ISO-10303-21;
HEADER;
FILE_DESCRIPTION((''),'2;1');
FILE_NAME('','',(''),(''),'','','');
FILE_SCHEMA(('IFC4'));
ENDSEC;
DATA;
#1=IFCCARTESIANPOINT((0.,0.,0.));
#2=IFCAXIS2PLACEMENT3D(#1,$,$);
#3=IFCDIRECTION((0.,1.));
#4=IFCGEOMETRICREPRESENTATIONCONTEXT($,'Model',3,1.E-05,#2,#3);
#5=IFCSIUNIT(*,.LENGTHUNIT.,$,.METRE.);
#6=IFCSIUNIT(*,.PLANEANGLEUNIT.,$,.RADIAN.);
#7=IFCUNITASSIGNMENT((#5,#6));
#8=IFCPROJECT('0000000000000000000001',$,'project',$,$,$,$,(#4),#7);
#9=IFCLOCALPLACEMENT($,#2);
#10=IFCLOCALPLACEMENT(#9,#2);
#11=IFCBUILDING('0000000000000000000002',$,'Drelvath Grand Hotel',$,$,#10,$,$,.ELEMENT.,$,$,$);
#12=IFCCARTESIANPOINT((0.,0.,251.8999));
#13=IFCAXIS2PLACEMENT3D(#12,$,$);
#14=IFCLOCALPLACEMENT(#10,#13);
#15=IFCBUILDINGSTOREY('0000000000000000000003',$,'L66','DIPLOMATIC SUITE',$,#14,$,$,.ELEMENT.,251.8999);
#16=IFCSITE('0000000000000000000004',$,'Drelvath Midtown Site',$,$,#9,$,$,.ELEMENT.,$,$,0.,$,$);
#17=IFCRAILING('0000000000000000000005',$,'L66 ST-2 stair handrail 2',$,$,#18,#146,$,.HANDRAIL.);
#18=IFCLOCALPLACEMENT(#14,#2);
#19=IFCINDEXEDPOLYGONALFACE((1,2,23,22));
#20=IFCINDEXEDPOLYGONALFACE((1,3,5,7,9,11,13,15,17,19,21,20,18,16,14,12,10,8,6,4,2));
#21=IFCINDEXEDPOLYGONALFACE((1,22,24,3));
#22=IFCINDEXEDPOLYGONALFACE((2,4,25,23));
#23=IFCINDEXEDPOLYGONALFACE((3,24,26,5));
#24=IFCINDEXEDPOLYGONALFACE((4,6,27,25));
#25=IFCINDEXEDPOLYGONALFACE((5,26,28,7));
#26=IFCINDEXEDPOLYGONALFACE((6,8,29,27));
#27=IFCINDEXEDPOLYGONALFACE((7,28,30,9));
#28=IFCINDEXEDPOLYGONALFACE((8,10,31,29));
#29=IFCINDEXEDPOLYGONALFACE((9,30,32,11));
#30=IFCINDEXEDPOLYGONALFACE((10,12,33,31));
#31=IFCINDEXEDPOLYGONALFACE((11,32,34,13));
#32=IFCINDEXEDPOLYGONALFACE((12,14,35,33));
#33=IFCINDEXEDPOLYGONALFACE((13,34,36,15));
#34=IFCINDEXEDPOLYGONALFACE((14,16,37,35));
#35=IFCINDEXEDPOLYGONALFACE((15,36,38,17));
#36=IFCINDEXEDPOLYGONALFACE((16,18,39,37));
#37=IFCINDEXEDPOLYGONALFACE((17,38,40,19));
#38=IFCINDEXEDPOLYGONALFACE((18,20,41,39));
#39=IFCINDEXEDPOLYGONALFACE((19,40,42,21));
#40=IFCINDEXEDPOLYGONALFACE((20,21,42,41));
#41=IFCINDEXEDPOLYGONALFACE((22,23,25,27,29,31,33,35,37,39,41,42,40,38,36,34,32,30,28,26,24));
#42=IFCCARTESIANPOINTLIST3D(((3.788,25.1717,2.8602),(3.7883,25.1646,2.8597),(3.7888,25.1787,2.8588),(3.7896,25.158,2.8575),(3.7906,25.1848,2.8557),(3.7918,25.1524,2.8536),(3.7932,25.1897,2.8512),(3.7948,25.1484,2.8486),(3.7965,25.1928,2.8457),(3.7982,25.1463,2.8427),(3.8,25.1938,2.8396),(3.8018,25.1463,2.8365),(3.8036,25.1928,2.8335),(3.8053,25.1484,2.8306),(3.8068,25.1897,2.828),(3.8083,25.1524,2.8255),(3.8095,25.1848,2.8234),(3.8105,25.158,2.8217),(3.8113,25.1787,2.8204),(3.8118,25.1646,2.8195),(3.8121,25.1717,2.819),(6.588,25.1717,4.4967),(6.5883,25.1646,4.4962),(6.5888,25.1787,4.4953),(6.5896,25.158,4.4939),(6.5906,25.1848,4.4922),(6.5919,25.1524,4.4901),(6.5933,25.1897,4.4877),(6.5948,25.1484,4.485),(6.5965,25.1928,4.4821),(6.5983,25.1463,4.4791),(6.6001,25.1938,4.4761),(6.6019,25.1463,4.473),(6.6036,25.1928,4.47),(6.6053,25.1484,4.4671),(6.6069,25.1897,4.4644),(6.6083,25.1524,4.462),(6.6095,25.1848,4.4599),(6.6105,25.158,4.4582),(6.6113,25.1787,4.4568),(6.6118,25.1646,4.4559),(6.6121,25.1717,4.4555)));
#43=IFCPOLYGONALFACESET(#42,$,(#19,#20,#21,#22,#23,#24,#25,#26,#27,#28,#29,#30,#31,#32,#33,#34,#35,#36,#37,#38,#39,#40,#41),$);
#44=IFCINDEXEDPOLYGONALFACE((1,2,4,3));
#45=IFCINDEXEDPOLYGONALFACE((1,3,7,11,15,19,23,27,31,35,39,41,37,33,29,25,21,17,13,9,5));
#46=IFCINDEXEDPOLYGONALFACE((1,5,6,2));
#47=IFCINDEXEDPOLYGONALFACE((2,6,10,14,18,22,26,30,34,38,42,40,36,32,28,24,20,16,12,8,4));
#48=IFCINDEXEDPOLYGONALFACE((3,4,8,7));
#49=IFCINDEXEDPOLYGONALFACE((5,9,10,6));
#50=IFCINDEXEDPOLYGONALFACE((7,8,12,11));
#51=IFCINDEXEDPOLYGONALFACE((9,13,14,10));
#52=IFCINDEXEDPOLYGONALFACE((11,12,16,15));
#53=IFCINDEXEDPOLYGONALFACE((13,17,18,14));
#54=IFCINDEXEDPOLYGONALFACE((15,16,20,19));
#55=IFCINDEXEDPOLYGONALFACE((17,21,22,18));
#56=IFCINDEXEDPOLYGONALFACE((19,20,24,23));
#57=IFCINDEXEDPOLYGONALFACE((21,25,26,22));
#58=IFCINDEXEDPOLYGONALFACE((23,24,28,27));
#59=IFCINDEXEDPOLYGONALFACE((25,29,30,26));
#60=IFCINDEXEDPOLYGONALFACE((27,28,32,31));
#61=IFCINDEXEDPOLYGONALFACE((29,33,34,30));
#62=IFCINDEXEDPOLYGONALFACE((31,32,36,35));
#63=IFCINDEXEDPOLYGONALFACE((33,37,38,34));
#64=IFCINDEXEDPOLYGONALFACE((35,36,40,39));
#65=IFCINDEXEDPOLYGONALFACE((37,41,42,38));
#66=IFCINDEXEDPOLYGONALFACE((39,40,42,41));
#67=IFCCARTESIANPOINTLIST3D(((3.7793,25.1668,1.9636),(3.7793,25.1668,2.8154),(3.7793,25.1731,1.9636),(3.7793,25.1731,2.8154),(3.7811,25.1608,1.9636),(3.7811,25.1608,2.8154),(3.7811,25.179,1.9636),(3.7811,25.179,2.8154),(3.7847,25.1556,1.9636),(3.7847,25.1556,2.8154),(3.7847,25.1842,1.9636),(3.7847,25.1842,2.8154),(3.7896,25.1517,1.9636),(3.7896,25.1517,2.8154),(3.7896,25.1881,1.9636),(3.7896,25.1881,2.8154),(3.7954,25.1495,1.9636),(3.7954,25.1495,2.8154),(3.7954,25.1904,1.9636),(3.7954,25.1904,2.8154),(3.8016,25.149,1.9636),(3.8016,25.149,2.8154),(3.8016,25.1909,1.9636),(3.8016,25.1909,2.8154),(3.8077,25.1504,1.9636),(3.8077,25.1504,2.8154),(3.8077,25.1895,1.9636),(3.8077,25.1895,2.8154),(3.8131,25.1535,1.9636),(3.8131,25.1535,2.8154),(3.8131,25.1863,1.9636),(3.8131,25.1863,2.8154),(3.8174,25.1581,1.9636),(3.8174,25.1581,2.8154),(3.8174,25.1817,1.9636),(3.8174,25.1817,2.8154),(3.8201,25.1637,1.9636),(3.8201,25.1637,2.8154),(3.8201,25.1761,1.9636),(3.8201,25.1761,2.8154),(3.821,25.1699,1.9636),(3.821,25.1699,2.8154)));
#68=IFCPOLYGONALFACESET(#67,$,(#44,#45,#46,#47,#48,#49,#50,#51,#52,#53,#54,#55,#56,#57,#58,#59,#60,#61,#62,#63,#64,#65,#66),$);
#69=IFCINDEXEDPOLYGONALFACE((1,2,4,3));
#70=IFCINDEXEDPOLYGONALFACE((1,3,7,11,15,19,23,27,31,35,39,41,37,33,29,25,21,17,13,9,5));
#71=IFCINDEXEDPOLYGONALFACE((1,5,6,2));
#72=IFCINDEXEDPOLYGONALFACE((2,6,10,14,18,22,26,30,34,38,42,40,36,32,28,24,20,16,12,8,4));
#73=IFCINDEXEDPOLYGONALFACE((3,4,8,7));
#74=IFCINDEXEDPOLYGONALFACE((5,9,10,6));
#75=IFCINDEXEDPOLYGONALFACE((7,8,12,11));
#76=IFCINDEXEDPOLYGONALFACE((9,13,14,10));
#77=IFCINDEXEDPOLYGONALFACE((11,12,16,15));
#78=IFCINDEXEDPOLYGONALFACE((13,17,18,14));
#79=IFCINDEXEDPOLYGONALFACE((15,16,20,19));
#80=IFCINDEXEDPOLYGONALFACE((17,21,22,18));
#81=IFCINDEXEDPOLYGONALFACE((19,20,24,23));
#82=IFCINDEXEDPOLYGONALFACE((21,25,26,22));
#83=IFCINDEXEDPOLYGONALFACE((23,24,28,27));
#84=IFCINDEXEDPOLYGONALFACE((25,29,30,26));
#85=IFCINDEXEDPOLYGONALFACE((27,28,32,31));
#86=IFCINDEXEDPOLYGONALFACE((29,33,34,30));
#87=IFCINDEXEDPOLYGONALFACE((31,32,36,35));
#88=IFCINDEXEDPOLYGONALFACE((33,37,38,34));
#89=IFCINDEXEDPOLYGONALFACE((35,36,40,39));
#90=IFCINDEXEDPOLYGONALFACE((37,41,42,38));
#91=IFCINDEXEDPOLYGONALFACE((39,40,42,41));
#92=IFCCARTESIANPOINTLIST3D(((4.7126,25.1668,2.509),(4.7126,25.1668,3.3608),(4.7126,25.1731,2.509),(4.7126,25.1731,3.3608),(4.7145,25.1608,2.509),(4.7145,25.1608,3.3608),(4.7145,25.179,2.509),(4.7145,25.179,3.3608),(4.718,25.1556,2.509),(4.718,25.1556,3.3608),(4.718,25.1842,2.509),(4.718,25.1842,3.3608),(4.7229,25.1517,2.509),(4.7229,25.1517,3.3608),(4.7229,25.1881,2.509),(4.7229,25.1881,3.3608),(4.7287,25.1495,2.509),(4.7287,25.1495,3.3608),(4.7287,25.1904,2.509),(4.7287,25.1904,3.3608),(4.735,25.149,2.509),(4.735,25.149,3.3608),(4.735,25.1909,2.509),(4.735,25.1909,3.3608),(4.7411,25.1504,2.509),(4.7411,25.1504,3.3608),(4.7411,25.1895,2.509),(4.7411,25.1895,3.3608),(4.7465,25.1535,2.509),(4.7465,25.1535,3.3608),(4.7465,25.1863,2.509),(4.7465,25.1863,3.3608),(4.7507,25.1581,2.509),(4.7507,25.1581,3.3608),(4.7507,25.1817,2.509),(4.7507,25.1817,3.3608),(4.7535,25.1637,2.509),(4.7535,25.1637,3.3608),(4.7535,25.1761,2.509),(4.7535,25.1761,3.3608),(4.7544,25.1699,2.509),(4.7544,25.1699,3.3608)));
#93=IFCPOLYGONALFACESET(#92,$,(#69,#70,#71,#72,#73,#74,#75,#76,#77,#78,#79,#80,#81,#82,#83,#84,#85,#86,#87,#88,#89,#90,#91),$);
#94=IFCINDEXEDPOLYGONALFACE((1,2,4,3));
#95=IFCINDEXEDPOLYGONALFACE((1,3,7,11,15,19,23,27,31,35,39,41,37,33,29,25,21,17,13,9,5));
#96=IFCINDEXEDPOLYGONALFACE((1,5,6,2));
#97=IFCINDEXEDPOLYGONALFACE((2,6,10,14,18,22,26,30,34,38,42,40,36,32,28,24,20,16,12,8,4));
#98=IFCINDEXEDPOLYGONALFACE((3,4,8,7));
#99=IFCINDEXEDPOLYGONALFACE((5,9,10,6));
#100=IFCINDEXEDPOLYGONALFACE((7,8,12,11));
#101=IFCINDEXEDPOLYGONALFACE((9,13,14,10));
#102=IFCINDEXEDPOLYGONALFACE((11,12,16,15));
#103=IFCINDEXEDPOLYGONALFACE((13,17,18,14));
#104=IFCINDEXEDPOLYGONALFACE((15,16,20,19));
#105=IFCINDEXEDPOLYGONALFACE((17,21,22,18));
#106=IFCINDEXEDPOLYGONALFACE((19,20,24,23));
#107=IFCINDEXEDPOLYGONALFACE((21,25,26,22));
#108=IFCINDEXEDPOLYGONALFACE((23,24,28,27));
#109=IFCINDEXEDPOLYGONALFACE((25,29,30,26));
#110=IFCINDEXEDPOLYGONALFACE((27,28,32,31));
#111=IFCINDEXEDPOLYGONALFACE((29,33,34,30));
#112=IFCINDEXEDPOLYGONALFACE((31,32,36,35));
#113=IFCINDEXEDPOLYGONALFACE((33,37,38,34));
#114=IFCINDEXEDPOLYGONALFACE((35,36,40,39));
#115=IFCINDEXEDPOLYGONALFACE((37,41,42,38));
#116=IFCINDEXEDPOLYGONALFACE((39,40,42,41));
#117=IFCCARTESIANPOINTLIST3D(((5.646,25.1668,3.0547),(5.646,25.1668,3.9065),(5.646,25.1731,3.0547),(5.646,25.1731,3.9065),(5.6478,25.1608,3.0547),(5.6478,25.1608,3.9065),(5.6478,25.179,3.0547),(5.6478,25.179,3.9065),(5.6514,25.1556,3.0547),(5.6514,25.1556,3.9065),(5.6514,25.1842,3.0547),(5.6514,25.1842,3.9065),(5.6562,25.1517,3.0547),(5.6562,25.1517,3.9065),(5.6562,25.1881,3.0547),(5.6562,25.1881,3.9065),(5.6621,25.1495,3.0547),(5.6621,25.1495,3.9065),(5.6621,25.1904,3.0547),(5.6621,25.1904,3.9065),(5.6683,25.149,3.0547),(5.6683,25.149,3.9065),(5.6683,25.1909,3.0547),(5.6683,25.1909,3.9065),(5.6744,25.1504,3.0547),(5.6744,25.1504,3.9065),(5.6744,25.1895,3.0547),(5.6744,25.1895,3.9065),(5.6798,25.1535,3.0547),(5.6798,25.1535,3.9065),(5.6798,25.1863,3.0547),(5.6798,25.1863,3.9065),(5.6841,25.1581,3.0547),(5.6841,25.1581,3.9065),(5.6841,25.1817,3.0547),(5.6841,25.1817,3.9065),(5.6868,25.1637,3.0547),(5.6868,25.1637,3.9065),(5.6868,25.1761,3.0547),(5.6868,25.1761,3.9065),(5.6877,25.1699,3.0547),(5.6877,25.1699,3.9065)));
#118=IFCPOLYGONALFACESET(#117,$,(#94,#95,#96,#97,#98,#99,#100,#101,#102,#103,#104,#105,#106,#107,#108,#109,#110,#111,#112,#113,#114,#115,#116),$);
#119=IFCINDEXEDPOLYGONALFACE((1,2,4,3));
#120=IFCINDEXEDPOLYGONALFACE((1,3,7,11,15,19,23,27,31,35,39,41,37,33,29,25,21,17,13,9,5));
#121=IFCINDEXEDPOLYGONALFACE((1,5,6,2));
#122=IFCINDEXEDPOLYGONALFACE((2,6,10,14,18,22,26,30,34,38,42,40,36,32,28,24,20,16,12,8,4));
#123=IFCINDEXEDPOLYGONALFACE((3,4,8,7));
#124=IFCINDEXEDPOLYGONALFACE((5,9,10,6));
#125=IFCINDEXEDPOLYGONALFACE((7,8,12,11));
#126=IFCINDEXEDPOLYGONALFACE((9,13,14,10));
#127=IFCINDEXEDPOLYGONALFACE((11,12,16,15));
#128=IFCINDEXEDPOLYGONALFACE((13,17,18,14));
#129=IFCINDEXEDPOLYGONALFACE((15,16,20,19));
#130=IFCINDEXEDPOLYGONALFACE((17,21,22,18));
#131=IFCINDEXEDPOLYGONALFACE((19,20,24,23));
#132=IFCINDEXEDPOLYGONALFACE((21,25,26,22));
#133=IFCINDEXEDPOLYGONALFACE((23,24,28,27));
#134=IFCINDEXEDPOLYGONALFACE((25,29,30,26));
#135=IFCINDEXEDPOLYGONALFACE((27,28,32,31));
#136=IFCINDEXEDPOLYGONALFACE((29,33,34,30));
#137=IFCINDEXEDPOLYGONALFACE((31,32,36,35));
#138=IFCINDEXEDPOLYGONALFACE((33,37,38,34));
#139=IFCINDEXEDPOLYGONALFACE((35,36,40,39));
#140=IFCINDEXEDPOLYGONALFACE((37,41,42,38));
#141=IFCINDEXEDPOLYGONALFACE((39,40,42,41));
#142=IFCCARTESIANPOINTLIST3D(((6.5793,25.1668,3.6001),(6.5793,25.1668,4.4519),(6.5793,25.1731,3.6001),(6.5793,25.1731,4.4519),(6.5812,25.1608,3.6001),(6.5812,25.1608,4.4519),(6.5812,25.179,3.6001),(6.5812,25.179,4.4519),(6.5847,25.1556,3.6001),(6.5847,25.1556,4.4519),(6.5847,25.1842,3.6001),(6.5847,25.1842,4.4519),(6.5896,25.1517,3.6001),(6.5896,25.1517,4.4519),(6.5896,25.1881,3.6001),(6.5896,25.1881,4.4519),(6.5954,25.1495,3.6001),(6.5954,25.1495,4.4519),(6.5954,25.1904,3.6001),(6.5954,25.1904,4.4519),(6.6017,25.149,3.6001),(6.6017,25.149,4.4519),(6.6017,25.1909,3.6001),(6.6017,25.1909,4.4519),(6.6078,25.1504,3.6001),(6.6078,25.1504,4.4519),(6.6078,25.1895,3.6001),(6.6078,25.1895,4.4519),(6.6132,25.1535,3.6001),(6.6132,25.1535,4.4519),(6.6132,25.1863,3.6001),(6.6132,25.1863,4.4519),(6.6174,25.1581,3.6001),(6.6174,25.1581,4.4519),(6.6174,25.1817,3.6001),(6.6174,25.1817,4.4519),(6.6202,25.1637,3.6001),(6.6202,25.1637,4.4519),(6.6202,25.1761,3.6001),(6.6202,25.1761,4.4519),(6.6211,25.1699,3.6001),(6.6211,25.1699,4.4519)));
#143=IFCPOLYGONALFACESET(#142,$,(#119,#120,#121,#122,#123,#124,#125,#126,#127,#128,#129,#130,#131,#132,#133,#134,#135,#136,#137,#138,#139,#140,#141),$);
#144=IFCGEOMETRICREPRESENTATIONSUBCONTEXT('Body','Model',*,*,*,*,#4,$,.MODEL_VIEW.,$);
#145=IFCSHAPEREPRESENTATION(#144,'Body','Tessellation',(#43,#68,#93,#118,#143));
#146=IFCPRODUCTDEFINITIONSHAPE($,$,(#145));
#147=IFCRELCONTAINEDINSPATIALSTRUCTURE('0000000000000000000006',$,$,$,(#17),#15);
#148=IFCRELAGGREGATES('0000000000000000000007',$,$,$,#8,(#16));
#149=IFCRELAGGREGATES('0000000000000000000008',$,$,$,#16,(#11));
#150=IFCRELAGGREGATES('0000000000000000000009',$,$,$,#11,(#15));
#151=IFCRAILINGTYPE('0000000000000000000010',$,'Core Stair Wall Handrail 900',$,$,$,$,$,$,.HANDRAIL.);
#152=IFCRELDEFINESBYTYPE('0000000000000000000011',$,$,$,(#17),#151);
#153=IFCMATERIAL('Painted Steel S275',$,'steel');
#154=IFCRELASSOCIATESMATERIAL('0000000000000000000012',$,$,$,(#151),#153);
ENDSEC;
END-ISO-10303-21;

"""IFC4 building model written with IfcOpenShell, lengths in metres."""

from ifc_helpers import new_model, si_unit, direction, frame, origin, origin_2d, place, context, subcontext, project, spatial, circle, extrude, material, type_object, element, save


model = new_model("IFC4")

# Units and contexts
model_context = context("Model", 3, precision=1e-05, world=origin(), true_north=direction((0.0, 1.0)))
body_context = subcontext(model_context, "Body", "Model", "MODEL_VIEW")
ifc_project = project(units=[si_unit("LENGTHUNIT", "METRE"), si_unit("PLANEANGLEUNIT", "RADIAN")], contexts=[model_context])

# Site, building, storey
site_placement = place(None, origin())
site = spatial("IfcSite", under=ifc_project, at=site_placement, Name="Drelvath Midtown Site", CompositionType="ELEMENT", RefElevation=0.0)
building_placement = place(site_placement, origin())
building = spatial("IfcBuilding", under=site, at=building_placement, Name="Drelvath Grand Hotel", CompositionType="ELEMENT")
storey_placement = place(building_placement, frame((0.0, 0.0, 251.8999)))
storey = spatial("IfcBuildingStorey", under=building, at=storey_placement, Name="L66", Description="DIPLOMATIC SUITE", CompositionType="ELEMENT", Elevation=251.8999)

# Railing
ifc_material_1 = material(Name="Painted Steel S275", Category="steel")
railing_type = type_object("IfcRailingType", Name="Core Stair Wall Handrail 900", PredefinedType="HANDRAIL", material=ifc_material_1)
railing_placement = place(storey_placement, frame((3.8, 25.1699, 1.9636)))
element("IfcRailing", 1, at=railing_placement, inside=storey, type_object=railing_type, Name="L66 ST-2 stair handrail 2", PredefinedType="HANDRAIL", context=body_context, shape_type="SweptSolid", body=[
    extrude(circle(Radius=0.0239, at=origin_2d()), frame((0.0, 0.0, 0.876), z_axis=(0.863361, 0.0, 0.504587), x_axis=(0.0, 1.0, 0.0)), (0.0, 0.0, 1.0), 3.2432),
    extrude(circle(Radius=0.021, at=origin_2d()), origin(), (0.0, 0.0, 1.0), 0.8518),
    extrude(circle(Radius=0.021, at=origin_2d()), frame((0.9333, 0.0, 0.5454)), (0.0, 0.0, 1.0), 0.8518),
    extrude(circle(Radius=0.021, at=origin_2d()), frame((1.8667, 0.0, 1.0911)), (0.0, 0.0, 1.0), 0.8518),
    extrude(circle(Radius=0.021, at=origin_2d()), frame((2.8, 0.0, 1.6365)), (0.0, 0.0, 1.0), 0.8518),
])

save(model, "model.ifc")
